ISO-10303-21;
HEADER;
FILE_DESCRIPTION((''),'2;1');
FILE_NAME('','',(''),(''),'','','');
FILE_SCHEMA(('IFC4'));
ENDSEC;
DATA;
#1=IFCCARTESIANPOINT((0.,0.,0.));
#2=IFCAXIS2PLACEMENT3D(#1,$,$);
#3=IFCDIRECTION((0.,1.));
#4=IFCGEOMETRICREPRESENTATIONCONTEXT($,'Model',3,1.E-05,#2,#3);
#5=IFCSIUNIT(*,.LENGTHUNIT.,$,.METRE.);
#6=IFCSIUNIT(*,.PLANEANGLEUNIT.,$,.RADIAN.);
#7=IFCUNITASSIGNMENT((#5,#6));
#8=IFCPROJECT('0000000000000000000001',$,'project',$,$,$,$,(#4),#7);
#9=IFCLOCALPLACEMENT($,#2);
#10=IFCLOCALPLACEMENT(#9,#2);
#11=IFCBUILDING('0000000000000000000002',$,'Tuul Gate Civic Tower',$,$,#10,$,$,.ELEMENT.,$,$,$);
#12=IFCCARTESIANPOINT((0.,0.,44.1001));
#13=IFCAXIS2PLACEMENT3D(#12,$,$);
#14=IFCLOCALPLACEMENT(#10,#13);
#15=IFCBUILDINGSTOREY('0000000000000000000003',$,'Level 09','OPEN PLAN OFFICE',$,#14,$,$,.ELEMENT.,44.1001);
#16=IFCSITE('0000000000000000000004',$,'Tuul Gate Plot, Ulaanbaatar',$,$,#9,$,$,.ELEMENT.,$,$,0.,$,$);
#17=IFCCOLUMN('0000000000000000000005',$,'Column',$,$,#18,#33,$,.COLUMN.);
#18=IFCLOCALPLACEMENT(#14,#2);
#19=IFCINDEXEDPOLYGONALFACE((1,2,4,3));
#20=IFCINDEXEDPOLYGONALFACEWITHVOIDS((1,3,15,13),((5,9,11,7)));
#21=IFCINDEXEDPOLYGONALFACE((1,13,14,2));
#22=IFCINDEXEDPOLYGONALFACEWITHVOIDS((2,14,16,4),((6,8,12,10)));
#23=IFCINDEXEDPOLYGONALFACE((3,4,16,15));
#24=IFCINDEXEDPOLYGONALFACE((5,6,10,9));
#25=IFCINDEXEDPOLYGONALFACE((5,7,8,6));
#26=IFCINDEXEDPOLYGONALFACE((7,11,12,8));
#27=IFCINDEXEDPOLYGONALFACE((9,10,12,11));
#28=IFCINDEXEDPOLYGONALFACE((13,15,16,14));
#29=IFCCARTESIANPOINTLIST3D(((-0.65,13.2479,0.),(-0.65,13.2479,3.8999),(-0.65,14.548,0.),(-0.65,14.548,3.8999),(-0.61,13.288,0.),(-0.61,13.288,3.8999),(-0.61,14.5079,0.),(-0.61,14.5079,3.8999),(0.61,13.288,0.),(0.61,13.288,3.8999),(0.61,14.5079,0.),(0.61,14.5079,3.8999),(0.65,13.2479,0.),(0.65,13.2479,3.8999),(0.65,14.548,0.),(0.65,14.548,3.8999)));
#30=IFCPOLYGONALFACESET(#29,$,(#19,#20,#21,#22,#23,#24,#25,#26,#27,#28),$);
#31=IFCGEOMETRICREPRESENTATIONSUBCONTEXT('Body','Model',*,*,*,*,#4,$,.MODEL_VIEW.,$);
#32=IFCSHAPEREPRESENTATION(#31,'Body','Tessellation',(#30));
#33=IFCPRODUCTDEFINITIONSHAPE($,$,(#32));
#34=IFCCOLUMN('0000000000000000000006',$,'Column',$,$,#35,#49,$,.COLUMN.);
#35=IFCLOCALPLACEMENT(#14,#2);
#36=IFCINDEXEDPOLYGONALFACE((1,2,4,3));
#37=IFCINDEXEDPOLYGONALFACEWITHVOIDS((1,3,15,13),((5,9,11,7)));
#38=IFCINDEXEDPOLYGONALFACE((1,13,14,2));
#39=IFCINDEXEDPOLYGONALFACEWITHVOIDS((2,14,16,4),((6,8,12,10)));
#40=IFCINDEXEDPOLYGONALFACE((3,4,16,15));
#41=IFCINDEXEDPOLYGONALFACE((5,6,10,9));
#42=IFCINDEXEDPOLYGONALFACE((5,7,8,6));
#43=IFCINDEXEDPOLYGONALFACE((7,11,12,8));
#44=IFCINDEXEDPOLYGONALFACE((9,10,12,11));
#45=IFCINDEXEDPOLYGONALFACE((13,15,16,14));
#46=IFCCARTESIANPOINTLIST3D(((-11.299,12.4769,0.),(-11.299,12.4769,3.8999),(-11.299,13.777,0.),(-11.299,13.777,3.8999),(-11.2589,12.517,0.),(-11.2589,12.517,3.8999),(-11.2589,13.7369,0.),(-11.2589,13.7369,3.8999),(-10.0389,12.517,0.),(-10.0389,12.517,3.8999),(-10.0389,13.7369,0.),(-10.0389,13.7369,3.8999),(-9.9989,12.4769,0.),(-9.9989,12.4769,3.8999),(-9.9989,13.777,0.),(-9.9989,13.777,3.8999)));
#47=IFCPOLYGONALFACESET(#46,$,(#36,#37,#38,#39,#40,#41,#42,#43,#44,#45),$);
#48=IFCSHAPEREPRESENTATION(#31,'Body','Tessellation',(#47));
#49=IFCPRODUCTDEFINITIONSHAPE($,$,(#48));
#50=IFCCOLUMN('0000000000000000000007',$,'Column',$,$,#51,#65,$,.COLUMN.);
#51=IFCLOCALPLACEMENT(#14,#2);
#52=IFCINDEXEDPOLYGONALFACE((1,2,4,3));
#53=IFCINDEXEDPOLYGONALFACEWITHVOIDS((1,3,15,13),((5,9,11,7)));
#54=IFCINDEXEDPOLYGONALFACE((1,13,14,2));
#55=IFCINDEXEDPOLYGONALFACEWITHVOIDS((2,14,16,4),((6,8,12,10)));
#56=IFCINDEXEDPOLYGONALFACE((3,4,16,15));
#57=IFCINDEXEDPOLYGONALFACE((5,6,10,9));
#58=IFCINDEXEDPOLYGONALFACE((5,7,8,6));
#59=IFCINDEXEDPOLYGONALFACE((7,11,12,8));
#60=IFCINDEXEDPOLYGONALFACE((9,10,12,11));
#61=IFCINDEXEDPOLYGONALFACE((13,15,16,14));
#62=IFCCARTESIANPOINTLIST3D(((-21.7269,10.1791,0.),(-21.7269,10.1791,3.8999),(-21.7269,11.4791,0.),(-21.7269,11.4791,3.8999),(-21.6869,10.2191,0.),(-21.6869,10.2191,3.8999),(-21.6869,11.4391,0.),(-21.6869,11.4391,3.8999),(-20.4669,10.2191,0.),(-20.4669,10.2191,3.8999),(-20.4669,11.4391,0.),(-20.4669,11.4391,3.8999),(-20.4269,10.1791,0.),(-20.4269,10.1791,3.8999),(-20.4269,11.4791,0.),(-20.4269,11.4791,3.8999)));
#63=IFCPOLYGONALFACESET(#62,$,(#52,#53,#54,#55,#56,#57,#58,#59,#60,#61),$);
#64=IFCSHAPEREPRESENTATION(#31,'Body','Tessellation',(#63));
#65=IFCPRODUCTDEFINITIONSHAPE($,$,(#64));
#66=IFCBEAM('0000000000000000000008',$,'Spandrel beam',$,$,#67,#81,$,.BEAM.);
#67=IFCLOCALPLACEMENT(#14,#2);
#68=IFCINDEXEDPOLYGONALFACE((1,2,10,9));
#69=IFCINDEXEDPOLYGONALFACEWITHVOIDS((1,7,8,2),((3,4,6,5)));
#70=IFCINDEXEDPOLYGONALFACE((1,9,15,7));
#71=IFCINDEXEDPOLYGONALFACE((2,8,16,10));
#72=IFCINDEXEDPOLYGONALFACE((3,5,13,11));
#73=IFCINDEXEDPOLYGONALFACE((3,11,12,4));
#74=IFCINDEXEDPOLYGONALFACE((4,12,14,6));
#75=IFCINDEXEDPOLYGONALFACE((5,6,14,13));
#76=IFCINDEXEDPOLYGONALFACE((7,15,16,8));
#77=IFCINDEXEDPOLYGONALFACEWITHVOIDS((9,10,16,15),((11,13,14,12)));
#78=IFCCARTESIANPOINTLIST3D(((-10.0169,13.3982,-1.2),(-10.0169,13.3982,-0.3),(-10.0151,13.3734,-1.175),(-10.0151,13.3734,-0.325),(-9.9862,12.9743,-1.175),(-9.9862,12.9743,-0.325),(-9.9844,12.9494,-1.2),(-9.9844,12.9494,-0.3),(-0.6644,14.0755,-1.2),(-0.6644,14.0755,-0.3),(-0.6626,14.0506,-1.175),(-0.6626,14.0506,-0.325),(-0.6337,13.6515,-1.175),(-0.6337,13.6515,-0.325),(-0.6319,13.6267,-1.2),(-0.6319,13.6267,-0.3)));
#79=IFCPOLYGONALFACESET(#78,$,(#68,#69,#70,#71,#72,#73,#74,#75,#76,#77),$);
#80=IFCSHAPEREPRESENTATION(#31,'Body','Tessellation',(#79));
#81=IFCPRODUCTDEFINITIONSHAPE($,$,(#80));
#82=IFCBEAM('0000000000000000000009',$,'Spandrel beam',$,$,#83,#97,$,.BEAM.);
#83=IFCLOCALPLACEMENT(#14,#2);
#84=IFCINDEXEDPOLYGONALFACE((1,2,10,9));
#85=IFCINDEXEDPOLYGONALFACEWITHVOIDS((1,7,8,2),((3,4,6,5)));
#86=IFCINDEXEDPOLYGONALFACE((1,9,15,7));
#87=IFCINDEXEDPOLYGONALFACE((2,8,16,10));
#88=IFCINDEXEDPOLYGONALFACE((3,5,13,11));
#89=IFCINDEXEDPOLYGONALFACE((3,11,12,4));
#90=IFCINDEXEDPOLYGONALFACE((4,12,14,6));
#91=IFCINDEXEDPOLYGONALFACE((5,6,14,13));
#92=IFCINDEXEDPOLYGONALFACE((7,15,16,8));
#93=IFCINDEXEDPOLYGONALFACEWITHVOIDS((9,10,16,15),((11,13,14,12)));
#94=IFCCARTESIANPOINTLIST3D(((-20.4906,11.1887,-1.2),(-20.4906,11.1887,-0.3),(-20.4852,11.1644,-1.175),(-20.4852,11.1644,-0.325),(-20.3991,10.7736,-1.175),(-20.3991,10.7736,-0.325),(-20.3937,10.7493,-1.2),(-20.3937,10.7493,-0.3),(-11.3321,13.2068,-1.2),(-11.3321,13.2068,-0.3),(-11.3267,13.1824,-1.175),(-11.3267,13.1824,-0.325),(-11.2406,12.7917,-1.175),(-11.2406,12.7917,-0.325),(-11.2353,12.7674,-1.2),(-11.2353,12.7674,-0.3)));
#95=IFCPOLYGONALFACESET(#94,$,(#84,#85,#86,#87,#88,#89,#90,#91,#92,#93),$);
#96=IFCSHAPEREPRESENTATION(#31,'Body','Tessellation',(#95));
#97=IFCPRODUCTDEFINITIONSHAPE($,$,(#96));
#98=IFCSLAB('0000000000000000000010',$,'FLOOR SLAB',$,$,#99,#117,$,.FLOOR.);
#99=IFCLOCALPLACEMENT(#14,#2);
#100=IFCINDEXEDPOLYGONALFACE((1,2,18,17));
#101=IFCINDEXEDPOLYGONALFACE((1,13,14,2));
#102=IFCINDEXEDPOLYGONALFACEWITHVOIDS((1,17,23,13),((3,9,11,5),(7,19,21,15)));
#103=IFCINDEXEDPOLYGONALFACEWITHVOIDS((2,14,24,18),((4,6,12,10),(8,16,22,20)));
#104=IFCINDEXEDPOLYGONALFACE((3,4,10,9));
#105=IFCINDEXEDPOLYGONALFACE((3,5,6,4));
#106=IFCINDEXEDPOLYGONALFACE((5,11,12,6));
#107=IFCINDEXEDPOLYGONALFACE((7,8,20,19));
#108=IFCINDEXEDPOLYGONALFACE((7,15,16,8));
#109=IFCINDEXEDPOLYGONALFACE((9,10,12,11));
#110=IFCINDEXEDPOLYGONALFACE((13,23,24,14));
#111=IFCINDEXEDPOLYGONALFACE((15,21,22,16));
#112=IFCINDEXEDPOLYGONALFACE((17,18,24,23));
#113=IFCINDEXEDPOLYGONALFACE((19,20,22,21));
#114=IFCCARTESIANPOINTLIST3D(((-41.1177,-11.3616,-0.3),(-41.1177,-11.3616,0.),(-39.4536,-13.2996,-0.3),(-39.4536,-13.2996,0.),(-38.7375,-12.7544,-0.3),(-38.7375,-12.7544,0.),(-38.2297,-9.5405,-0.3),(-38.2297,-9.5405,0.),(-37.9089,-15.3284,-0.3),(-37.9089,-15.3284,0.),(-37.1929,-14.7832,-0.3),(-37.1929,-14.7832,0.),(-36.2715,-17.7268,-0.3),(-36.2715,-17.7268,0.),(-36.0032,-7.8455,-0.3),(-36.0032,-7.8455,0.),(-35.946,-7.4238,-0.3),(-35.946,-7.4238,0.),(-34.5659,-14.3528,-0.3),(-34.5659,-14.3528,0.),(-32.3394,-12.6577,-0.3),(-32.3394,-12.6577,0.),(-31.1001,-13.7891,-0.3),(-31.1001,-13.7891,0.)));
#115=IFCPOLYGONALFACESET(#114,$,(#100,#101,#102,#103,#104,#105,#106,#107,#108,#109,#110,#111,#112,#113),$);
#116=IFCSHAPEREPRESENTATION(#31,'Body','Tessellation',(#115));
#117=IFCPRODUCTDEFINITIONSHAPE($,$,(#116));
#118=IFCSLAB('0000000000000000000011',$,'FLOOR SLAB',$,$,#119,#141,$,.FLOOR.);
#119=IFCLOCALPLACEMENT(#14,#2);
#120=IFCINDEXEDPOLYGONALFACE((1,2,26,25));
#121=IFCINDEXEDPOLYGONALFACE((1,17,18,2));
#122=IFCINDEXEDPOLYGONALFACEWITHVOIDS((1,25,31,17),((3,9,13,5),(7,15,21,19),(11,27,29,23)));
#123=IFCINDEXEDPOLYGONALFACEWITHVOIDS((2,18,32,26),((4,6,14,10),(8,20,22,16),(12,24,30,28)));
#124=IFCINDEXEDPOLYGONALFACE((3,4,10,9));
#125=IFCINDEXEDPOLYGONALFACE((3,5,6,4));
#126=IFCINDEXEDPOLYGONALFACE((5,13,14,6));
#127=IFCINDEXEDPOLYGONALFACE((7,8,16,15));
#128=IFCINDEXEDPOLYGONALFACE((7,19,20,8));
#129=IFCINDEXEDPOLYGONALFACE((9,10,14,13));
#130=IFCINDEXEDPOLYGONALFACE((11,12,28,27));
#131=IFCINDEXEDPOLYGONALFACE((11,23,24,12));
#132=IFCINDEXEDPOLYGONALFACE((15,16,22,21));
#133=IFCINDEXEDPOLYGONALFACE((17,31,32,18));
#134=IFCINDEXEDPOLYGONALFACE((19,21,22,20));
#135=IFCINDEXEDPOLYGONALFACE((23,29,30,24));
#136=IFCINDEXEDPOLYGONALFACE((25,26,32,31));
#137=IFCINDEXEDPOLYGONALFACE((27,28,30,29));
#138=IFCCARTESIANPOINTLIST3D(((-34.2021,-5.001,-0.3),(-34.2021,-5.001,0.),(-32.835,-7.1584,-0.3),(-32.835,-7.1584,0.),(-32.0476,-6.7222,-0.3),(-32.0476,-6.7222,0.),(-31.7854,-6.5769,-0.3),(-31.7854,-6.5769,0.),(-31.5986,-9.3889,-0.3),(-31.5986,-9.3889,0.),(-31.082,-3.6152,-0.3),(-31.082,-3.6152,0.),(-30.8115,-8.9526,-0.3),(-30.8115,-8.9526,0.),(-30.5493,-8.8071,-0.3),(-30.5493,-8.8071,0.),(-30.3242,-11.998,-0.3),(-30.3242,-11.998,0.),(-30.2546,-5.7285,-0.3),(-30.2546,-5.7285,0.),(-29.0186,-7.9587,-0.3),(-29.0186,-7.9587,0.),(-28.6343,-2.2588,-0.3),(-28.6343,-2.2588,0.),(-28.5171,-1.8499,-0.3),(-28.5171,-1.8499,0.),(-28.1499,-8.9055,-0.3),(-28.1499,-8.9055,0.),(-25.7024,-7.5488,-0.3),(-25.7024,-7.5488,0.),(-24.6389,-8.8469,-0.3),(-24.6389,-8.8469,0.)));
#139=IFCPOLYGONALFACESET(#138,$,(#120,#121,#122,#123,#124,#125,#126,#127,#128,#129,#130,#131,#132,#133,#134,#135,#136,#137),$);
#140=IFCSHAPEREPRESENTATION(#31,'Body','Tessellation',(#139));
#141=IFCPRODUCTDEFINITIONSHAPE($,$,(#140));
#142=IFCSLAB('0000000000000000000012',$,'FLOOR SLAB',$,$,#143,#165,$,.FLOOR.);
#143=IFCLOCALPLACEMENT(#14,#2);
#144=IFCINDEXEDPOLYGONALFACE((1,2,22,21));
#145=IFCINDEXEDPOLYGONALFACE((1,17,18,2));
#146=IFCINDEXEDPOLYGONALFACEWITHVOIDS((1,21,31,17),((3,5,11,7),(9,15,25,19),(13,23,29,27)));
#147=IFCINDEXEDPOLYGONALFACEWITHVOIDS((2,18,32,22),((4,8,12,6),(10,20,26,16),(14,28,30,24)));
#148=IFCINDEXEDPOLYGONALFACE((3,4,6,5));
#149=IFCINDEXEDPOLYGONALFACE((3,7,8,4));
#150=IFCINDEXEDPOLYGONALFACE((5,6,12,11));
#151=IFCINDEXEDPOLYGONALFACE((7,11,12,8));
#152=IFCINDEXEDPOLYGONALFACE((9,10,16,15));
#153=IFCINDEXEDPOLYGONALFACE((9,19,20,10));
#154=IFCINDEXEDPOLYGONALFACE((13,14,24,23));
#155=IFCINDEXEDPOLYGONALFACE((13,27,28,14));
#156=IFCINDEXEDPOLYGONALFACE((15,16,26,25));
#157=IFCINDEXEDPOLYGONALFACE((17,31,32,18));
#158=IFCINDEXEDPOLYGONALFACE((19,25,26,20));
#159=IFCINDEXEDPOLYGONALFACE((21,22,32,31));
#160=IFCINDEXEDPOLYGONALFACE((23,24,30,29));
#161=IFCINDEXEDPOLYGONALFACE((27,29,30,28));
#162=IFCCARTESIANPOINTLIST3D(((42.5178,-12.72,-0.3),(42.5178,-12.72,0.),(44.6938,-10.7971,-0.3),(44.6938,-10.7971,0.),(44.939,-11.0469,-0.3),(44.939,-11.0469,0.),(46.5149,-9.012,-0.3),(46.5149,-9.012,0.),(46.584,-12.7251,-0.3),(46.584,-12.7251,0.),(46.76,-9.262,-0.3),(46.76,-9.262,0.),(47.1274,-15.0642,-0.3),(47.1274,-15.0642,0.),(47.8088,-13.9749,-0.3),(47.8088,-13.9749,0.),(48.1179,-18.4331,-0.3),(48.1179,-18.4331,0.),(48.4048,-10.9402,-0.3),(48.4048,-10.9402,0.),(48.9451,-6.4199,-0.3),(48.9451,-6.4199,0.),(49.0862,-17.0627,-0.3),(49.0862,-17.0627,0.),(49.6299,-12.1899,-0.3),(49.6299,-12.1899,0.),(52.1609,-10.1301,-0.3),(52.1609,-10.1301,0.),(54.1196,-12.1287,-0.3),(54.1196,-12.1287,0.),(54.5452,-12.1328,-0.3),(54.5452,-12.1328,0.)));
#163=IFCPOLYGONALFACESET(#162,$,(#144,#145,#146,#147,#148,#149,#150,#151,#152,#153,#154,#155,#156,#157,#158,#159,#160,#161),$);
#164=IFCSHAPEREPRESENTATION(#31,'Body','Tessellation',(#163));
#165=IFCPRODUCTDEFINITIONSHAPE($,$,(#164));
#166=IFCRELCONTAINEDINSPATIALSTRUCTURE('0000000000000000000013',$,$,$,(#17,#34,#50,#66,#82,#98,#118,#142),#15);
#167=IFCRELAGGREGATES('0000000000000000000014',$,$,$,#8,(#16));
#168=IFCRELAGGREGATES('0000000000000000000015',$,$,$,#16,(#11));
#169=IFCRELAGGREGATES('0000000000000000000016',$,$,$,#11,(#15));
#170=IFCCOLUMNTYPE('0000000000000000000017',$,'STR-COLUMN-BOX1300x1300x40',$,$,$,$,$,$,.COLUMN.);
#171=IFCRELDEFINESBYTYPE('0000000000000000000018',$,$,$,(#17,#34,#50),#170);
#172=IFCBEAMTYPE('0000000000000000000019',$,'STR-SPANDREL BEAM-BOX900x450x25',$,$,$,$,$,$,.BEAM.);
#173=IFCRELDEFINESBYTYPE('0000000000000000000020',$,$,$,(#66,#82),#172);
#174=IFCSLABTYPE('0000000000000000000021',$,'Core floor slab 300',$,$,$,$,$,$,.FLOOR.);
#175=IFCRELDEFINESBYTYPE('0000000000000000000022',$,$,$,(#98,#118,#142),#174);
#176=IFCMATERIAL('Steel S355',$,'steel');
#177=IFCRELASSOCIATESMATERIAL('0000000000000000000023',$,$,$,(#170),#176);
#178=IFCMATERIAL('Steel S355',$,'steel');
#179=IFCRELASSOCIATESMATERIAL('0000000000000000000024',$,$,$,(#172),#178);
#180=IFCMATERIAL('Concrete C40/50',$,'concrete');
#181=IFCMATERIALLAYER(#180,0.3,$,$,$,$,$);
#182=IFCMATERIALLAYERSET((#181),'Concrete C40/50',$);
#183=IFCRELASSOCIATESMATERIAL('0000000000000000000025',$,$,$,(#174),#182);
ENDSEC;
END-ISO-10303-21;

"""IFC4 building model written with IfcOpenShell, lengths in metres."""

from ifc_helpers import new_model, si_unit, direction, frame, origin, origin_2d, place, context, subcontext, project, spatial, polyline, hollow_rectangle, outline, extrude, material, layer, layer_set, material_profile, profile_set, type_object, element, save


model = new_model("IFC4")

# Units and contexts
model_context = context("Model", 3, precision=1e-05, world=origin(), true_north=direction((0.0, 1.0)))
body_context = subcontext(model_context, "Body", "Model", "MODEL_VIEW")
ifc_project = project(units=[si_unit("LENGTHUNIT", "METRE"), si_unit("PLANEANGLEUNIT", "RADIAN")], contexts=[model_context])

# Site, building, storey
site_placement = place(None, origin())
site = spatial("IfcSite", under=ifc_project, at=site_placement, Name="Tuul Gate Plot, Ulaanbaatar", CompositionType="ELEMENT", RefElevation=0.0)
building_placement = place(site_placement, origin())
building = spatial("IfcBuilding", under=site, at=building_placement, Name="Tuul Gate Civic Tower", CompositionType="ELEMENT")
storey_placement = place(building_placement, frame((0.0, 0.0, 44.1001)))
storey = spatial("IfcBuildingStorey", under=building, at=storey_placement, Name="Level 09", Description="OPEN PLAN OFFICE", CompositionType="ELEMENT", Elevation=44.1001)

# Columns
ifc_material_1 = material(Name="Steel S355", Category="steel")
ifc_material_profile_1 = material_profile(ifc_material_1, hollow_rectangle(XDim=1.3, YDim=1.3, WallThickness=0.04, at=origin_2d()), Name="BOX1300x1300x40")
ifc_profile_set_1 = profile_set([ifc_material_profile_1], Name="Steel S355")
column_type = type_object("IfcColumnType", Name="STR-COLUMN-BOX1300x1300x40", PredefinedType="COLUMN", material=ifc_profile_set_1)
for number, where, z_axis, x_axis, name in (
    (1, (0.0, 13.8979, 0.0), (0.0, 0.0, 1.0), (1.0, 0.0, 0.0), "Column"),
    (2, (-10.6489, 13.127, 0.0), (0.0, 0.0, 1.0), (1.0, 0.0, 0.0), "Column"),
    (3, (-21.0769, 10.8291, 0.0), (0.0, 0.0, 1.0), (1.0, 0.0, 0.0), "Column"),
):
    element("IfcColumn", number, at=place(storey_placement, frame(where, z_axis=z_axis, x_axis=x_axis)), inside=storey, type_object=column_type, Name=name, PredefinedType="COLUMN", context=body_context, shape_type="SweptSolid", body=[
        extrude(hollow_rectangle(XDim=1.3, YDim=1.3, WallThickness=0.04, at=origin_2d()), origin(), (0.0, 0.0, 1.0), 3.8999),
    ])

# Beams
ifc_material_2 = material(Name="Steel S355", Category="steel")
ifc_material_profile_2 = material_profile(ifc_material_2, hollow_rectangle(XDim=0.45, YDim=0.8999, WallThickness=0.0249, at=origin_2d()), Name="BOX900x450x25")
ifc_profile_set_2 = profile_set([ifc_material_profile_2], Name="Steel S355")
beam_type = type_object("IfcBeamType", Name="STR-SPANDREL BEAM-BOX900x450x25", PredefinedType="BEAM", material=ifc_profile_set_2)
beam_1_placement = place(storey_placement, frame((-0.6482, 13.8511, -0.75), z_axis=(-0.997388, -0.072224, 0.0), x_axis=(0.072224, -0.997388, 0.0)))
element("IfcBeam", 4, at=beam_1_placement, inside=storey, type_object=beam_type, Name="Spandrel beam", PredefinedType="BEAM", context=body_context, shape_type="SweptSolid", body=[
    extrude(hollow_rectangle(XDim=0.45, YDim=0.8999, WallThickness=0.0249, at=origin_2d()), origin(), (0.0, 0.0, 1.0), 9.377),
])
beam_2_placement = place(storey_placement, frame((-11.2837, 12.9871, -0.75), z_axis=(-0.976573, -0.215188, 0.0), x_axis=(0.215188, -0.976573, 0.0)))
element("IfcBeam", 5, at=beam_2_placement, inside=storey, type_object=beam_type, Name="Spandrel beam", PredefinedType="BEAM", context=body_context, shape_type="SweptSolid", body=[
    extrude(hollow_rectangle(XDim=0.45, YDim=0.8999, WallThickness=0.0249, at=origin_2d()), origin(), (0.0, 0.0, 1.0), 9.3782),
])

# Slabs
ifc_material_3 = material(Name="Concrete C40/50", Category="concrete")
ifc_layer_1 = layer(ifc_material_3, 0.3)
ifc_layer_set_1 = layer_set([ifc_layer_1], Name="Concrete C40/50")
slab_type_1 = type_object("IfcSlabType", Name="Core floor slab 300", PredefinedType="FLOOR", material=ifc_layer_set_1)
slab_1_placement = place(storey_placement, frame((0.0, 0.0, -0.3)))
element("IfcSlab", 6, at=slab_1_placement, inside=storey, type_object=slab_type_1, Name="FLOOR SLAB", PredefinedType="FLOOR", context=body_context, shape_type="SweptSolid", body=[
    extrude(outline(polyline([(-31.1001, -13.7891), (-35.946, -7.4238), (-41.1177, -11.3616), (-36.2715, -17.7268), (-31.1001, -13.7891)]), holes=[polyline([(-37.1929, -14.7832), (-38.7375, -12.7544), (-39.4536, -13.2996), (-37.9089, -15.3284), (-37.1929, -14.7832)]), polyline([(-32.3394, -12.6577), (-34.5659, -14.3528), (-38.2297, -9.5405), (-36.0032, -7.8455), (-32.3394, -12.6577)])]), origin(), (0.0, 0.0, 1.0), 0.3),
])
slab_2_placement = place(storey_placement, frame((0.0, 0.0, -0.3)))
element("IfcSlab", 7, at=slab_2_placement, inside=storey, type_object=slab_type_1, Name="FLOOR SLAB", PredefinedType="FLOOR", context=body_context, shape_type="SweptSolid", body=[
    extrude(outline(polyline([(-24.6389, -8.8469), (-28.5171, -1.8499), (-34.2021, -5.001), (-30.3242, -11.998), (-24.6389, -8.8469)]), holes=[polyline([(-29.0186, -7.9587), (-30.2546, -5.7285), (-31.7854, -6.5769), (-30.5493, -8.8071), (-29.0186, -7.9587)]), polyline([(-30.8115, -8.9526), (-32.0476, -6.7222), (-32.835, -7.1584), (-31.5986, -9.3889), (-30.8115, -8.9526)]), polyline([(-25.7024, -7.5488), (-28.1499, -8.9055), (-31.082, -3.6152), (-28.6343, -2.2588), (-25.7024, -7.5488)])]), origin(), (0.0, 0.0, 1.0), 0.3),
])
slab_3_placement = place(storey_placement, frame((0.0, 0.0, -0.3)))
element("IfcSlab", 8, at=slab_3_placement, inside=storey, type_object=slab_type_1, Name="FLOOR SLAB", PredefinedType="FLOOR", context=body_context, shape_type="SweptSolid", body=[
    extrude(outline(polyline([(48.1179, -18.4331), (54.5452, -12.1328), (48.9451, -6.4199), (42.5178, -12.72), (48.1179, -18.4331)]), holes=[polyline([(47.8088, -13.9749), (49.6299, -12.1899), (48.4048, -10.9402), (46.584, -12.7251), (47.8088, -13.9749)]), polyline([(44.939, -11.0469), (46.76, -9.262), (46.5149, -9.012), (44.6938, -10.7971), (44.939, -11.0469)]), polyline([(49.0862, -17.0627), (47.1274, -15.0642), (52.1609, -10.1301), (54.1196, -12.1287), (49.0862, -17.0627)])]), origin(), (0.0, 0.0, 1.0), 0.3),
])

save(model, "model.ifc")
